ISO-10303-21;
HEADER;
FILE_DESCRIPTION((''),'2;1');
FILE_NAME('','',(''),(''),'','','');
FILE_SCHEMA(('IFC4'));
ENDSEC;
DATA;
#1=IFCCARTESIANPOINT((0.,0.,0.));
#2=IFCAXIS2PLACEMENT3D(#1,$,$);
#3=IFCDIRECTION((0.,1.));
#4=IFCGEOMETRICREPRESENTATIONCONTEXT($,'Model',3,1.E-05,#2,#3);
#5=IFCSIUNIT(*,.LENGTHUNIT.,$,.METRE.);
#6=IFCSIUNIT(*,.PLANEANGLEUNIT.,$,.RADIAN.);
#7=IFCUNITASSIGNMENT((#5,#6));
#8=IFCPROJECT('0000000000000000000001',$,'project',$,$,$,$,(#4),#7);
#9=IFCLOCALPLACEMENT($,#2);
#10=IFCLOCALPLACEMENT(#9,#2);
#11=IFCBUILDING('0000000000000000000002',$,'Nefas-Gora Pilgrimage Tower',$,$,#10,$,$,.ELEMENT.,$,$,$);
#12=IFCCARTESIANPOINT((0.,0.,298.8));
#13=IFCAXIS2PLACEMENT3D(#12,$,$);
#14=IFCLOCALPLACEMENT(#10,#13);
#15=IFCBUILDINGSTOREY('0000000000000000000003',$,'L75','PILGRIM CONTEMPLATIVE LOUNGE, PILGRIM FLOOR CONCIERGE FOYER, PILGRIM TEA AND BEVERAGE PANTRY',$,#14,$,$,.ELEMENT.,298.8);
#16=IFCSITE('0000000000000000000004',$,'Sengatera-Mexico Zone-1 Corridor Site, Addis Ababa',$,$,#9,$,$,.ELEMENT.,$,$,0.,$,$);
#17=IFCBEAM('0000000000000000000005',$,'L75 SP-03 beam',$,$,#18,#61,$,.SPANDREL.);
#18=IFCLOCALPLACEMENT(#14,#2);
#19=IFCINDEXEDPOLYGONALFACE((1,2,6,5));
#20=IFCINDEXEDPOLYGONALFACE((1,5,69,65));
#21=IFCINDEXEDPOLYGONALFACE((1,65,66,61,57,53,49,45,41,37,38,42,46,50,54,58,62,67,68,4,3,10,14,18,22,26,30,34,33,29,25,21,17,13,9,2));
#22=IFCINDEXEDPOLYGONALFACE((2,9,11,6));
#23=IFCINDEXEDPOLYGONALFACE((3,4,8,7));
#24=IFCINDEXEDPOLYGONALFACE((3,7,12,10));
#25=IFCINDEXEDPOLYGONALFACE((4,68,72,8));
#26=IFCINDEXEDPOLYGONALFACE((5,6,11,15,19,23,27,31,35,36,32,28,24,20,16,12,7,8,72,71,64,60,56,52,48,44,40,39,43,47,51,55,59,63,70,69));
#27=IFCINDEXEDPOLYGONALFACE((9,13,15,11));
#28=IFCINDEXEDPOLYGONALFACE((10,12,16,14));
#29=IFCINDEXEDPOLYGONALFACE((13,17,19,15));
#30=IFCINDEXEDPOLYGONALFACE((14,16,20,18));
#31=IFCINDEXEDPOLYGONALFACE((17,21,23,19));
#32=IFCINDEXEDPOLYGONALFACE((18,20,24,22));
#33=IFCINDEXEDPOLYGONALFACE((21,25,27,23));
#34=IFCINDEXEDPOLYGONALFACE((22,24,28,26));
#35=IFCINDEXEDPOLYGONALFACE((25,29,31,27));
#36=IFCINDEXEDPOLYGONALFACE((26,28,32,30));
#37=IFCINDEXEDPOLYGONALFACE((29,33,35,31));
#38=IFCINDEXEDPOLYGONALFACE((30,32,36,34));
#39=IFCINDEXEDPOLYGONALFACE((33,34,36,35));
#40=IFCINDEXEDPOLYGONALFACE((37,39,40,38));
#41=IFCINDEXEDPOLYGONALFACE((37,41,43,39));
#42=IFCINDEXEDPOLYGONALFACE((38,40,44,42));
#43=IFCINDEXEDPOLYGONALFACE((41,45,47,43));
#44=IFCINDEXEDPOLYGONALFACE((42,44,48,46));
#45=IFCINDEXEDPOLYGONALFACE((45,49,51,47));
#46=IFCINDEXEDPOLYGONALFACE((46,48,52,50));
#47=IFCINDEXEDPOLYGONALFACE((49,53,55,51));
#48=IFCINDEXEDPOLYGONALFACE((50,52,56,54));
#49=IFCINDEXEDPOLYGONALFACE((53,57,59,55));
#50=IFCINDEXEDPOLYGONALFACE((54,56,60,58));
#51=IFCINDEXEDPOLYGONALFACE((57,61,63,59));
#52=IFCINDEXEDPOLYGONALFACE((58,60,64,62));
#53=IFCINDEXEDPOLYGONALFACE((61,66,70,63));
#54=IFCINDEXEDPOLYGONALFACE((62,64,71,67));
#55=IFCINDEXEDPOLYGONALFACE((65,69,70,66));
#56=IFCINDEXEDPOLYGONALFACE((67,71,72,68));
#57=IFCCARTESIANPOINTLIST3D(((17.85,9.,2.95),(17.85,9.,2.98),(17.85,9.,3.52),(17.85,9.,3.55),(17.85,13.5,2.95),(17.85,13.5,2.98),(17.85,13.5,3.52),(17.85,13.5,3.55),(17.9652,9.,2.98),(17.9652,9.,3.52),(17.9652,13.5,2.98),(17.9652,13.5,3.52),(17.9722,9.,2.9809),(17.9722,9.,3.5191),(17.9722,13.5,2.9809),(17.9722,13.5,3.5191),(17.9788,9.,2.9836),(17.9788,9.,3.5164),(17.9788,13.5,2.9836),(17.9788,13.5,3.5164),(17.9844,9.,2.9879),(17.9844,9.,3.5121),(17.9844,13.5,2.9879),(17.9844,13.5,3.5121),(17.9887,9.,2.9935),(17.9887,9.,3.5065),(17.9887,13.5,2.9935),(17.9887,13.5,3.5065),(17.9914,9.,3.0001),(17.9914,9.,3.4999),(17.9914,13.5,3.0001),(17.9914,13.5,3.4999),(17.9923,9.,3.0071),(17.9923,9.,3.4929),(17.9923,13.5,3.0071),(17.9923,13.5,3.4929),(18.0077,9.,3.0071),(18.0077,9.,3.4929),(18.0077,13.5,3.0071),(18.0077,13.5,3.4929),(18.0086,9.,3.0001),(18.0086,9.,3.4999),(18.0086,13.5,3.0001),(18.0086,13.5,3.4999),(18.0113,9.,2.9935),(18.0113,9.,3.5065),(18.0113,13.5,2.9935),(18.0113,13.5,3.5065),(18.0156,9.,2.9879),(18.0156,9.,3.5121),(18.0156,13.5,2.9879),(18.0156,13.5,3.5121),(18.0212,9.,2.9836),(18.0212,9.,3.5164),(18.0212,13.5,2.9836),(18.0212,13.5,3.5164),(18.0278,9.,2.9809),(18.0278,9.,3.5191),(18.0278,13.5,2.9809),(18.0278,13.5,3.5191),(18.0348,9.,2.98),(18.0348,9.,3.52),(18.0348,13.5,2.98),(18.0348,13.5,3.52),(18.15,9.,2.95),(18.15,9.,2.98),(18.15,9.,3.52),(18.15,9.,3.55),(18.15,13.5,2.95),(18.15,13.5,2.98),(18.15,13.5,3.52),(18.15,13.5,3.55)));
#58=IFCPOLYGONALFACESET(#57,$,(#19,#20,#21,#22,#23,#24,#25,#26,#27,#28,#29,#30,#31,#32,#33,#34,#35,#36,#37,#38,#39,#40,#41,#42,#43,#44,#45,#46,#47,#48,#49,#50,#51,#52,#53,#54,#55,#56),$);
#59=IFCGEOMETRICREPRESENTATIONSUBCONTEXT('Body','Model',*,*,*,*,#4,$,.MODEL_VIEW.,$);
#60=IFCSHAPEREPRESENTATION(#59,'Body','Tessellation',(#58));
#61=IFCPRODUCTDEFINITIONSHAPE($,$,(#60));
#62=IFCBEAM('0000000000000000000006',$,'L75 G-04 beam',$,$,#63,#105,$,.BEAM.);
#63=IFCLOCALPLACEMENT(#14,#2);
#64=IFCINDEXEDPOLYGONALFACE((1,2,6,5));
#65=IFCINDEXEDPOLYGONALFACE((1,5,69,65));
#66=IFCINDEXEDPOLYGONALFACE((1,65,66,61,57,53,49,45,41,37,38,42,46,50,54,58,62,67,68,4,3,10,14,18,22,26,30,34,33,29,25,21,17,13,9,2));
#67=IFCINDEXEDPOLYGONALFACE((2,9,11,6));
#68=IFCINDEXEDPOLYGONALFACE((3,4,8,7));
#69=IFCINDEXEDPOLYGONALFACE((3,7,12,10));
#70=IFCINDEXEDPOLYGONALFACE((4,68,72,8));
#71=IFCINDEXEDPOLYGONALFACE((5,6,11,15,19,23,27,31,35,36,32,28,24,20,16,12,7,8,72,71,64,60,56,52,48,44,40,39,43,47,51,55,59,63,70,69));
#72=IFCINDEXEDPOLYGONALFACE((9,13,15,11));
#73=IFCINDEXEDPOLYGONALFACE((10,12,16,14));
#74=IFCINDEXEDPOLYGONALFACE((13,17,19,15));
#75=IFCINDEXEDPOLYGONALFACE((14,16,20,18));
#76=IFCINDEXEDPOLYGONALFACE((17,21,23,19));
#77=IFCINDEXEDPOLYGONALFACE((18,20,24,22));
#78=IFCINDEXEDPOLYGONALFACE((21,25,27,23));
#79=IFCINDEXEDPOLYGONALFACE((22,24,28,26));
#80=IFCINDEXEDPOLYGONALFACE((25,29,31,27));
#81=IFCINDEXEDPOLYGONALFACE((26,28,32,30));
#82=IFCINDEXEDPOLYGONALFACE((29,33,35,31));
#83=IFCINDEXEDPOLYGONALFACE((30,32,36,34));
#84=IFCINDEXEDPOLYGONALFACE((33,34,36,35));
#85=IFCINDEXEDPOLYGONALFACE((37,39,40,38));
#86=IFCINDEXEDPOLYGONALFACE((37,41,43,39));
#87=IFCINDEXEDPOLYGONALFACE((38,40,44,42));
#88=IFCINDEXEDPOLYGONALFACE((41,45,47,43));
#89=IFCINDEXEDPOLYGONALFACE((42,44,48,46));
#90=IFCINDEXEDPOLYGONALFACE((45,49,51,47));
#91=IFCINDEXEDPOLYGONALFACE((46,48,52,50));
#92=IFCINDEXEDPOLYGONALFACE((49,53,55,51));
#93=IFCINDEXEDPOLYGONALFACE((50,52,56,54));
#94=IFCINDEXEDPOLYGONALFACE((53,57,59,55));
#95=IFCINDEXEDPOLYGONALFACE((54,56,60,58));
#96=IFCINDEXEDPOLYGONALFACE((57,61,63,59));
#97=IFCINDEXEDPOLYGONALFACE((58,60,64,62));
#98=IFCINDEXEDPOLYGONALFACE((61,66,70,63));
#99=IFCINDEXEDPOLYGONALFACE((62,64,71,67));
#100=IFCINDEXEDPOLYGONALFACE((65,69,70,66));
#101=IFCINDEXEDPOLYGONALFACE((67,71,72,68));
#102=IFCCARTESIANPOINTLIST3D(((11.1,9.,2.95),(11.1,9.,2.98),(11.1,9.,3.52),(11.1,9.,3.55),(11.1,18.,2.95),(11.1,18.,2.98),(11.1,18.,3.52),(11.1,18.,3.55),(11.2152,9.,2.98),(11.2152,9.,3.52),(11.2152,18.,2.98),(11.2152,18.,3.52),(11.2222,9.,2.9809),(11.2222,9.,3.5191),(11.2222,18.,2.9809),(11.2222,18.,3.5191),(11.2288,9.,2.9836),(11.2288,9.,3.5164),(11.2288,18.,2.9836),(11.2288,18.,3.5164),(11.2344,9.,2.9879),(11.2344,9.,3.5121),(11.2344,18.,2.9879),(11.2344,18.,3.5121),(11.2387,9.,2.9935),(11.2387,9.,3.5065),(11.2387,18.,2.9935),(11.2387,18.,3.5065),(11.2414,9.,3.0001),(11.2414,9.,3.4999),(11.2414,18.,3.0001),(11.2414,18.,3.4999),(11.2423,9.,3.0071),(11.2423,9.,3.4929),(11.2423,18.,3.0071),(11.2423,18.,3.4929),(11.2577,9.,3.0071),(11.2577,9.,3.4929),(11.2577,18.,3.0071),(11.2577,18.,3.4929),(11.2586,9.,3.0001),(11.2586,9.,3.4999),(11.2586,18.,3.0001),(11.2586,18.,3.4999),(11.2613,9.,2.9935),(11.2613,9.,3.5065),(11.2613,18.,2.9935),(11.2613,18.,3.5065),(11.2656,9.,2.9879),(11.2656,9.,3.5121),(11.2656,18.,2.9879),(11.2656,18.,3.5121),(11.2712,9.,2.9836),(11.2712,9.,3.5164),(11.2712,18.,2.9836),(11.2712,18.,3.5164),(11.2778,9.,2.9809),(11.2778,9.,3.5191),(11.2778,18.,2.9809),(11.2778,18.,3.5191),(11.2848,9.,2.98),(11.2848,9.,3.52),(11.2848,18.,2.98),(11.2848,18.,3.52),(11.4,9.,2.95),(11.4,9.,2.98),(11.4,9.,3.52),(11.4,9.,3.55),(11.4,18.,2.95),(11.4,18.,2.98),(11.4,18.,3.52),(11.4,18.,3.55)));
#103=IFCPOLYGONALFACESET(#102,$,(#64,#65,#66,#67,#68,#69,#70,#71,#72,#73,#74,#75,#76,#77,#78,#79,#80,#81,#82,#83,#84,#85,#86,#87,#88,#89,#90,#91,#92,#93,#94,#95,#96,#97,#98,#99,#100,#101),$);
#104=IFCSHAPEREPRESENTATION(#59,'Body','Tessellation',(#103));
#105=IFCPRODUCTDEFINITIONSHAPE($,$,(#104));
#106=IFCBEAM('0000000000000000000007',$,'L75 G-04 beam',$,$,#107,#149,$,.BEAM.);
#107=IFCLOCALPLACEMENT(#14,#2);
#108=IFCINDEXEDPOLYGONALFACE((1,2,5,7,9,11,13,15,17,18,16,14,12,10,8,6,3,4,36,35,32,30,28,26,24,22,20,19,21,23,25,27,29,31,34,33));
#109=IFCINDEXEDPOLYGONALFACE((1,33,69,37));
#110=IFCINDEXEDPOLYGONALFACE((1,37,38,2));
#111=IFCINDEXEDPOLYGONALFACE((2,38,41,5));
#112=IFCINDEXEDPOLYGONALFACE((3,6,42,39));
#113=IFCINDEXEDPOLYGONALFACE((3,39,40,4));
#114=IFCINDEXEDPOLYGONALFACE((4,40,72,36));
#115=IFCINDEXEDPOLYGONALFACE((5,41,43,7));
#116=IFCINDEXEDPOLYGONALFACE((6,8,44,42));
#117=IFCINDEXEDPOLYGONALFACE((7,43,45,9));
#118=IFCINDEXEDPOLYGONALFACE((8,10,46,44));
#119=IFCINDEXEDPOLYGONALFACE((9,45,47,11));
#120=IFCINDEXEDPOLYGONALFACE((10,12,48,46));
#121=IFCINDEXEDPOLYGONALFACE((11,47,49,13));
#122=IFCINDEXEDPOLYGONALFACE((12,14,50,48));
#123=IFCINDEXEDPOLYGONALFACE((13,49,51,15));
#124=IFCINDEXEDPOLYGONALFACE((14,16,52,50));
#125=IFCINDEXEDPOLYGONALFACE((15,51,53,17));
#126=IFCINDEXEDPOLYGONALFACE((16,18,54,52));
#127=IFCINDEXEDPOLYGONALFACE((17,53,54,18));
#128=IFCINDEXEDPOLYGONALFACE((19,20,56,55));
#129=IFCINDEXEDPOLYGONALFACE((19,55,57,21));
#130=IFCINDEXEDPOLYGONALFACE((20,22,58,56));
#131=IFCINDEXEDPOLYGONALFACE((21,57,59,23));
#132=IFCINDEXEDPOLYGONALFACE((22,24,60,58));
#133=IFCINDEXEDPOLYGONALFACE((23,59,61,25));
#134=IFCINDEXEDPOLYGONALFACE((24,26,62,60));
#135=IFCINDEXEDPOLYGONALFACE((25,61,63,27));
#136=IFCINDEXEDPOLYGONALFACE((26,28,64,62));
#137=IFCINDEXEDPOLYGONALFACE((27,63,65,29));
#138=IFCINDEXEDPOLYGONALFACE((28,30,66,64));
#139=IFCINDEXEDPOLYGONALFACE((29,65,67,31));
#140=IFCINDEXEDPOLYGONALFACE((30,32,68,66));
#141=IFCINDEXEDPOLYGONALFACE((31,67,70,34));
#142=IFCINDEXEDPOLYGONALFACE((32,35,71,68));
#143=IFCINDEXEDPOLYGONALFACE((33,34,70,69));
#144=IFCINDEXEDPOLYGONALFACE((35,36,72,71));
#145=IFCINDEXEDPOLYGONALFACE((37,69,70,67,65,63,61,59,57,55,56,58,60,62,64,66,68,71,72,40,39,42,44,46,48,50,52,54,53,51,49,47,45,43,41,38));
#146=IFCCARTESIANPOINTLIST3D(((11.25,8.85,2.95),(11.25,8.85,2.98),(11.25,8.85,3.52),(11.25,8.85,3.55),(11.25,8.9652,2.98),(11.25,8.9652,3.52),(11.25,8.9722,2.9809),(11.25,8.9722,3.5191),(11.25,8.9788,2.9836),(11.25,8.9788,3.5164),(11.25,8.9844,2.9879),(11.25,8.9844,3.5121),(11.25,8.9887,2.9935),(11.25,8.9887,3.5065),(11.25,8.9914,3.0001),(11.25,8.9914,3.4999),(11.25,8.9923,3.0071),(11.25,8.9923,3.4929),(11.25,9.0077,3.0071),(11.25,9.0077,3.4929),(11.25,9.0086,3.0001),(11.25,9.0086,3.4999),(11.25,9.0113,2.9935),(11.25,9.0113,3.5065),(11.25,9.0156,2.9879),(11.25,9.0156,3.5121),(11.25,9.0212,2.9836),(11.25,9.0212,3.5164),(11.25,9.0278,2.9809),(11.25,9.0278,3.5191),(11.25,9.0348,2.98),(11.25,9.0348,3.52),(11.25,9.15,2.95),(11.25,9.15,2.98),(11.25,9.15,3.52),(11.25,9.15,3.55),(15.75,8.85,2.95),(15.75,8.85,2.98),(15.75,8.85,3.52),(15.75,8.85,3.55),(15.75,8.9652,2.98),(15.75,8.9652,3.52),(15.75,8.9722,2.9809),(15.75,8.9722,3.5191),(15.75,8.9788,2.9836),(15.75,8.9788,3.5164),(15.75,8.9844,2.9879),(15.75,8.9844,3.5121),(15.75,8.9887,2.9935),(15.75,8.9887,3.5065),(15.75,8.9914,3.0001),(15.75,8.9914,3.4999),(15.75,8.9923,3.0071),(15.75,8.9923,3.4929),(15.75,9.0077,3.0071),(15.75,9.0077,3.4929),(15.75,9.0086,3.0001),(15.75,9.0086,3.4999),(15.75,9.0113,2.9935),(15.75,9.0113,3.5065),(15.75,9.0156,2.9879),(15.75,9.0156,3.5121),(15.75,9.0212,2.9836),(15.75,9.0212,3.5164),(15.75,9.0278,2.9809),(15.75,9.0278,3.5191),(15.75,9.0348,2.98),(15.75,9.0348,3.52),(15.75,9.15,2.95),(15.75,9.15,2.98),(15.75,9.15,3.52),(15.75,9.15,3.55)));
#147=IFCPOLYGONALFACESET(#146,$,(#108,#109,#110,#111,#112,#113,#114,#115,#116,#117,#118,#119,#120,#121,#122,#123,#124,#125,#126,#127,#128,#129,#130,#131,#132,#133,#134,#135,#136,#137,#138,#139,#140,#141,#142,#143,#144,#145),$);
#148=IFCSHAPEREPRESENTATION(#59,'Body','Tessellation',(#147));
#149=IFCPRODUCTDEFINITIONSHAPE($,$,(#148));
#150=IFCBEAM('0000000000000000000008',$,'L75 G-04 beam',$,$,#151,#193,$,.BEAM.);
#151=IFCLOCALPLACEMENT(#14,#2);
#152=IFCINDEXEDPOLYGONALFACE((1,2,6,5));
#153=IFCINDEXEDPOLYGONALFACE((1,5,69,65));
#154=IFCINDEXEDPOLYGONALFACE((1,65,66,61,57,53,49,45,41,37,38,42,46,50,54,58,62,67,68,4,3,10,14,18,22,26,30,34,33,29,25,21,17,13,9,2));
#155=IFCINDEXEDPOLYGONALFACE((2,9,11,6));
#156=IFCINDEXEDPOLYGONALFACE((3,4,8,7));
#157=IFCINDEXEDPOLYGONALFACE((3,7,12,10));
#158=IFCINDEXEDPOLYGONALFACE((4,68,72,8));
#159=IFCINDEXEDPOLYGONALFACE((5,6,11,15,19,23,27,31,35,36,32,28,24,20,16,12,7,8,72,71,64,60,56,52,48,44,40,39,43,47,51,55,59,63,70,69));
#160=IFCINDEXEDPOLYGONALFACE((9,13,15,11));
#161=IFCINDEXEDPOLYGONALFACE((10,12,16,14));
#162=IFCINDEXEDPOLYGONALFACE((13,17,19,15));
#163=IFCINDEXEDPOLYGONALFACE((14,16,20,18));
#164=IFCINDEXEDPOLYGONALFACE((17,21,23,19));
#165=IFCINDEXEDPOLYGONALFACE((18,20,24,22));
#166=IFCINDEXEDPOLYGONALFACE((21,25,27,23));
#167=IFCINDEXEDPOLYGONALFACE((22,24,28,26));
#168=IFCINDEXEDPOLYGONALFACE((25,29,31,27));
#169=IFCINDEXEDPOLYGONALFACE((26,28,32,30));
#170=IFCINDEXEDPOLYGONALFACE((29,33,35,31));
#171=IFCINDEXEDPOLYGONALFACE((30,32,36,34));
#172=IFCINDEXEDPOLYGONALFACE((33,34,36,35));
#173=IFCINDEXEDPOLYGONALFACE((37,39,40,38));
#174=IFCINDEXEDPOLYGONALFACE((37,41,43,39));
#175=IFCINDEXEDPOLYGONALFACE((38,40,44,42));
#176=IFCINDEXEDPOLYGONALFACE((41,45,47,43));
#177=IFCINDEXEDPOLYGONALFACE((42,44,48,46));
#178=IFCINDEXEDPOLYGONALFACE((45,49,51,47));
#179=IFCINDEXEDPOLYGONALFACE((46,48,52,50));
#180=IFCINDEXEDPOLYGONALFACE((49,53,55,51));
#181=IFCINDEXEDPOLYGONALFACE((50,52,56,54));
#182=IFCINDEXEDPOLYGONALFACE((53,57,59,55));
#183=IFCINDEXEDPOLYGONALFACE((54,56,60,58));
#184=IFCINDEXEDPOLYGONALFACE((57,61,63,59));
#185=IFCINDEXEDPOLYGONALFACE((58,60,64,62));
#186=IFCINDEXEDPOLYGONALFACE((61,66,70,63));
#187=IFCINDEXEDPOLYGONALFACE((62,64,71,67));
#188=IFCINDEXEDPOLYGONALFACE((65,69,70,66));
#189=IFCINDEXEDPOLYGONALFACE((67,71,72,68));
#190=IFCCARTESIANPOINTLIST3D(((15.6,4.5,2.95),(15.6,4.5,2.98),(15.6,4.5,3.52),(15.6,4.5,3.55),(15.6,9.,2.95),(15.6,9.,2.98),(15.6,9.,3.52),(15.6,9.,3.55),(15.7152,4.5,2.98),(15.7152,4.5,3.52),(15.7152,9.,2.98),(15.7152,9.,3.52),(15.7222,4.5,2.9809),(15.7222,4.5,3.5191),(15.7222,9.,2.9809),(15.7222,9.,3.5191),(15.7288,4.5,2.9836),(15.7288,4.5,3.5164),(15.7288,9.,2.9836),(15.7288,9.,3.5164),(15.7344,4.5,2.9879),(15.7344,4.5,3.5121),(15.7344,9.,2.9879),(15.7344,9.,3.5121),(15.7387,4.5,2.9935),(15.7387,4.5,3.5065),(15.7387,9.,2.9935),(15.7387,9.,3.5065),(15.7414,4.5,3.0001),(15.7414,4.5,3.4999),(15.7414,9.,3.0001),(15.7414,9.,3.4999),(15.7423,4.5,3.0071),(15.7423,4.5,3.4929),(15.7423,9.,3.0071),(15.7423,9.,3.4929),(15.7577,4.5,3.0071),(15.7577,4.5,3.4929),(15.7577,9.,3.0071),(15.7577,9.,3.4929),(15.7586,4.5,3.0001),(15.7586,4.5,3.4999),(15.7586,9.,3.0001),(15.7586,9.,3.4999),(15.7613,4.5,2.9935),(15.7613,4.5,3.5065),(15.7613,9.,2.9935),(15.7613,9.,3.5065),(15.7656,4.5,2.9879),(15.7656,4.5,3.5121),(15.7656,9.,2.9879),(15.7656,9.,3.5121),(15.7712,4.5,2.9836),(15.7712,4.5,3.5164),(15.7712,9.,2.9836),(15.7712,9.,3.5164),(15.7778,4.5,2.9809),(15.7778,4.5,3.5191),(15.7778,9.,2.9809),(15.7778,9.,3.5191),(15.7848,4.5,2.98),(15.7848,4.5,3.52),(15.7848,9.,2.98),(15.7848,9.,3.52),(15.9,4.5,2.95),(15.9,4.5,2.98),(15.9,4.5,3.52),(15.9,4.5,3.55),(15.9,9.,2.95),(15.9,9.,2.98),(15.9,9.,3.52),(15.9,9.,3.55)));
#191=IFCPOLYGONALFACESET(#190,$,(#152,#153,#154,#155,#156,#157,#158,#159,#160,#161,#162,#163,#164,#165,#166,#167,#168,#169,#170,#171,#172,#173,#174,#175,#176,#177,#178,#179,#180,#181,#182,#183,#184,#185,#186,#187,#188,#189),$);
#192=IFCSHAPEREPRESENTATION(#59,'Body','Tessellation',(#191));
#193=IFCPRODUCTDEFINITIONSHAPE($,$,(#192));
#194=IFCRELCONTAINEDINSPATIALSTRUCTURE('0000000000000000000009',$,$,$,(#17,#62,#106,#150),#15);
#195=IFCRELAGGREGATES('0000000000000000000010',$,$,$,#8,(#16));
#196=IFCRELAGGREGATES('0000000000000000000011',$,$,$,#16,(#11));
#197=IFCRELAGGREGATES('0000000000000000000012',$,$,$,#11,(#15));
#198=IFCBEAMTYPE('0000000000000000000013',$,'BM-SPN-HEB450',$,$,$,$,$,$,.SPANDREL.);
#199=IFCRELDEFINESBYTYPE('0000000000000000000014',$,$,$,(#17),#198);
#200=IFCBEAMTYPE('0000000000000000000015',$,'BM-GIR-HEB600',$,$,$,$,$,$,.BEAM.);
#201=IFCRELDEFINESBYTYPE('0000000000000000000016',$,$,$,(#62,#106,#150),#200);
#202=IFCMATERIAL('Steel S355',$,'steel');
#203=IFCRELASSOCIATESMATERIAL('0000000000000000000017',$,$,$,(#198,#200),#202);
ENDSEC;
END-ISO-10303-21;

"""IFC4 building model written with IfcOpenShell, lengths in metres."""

from ifc_helpers import new_model, si_unit, direction, frame, origin, origin_2d, place, context, subcontext, project, spatial, i_section, extrude, source, transform, mapped, material, material_profile, profile_set, type_object, element, save


model = new_model("IFC4")

# Units and contexts
model_context = context("Model", 3, precision=1e-05, world=origin(), true_north=direction((0.0, 1.0)))
body_context = subcontext(model_context, "Body", "Model", "MODEL_VIEW")
ifc_project = project(units=[si_unit("LENGTHUNIT", "METRE"), si_unit("PLANEANGLEUNIT", "RADIAN")], contexts=[model_context])

# Site, building, storey
site_placement = place(None, origin())
site = spatial("IfcSite", under=ifc_project, at=site_placement, Name="Sengatera-Mexico Zone-1 Corridor Site, Addis Ababa", CompositionType="ELEMENT", RefElevation=0.0)
building_placement = place(site_placement, origin())
building = spatial("IfcBuilding", under=site, at=building_placement, Name="Nefas-Gora Pilgrimage Tower", CompositionType="ELEMENT")
storey_placement = place(building_placement, frame((0.0, 0.0, 298.8)))
storey = spatial("IfcBuildingStorey", under=building, at=storey_placement, Name="L75", Description="PILGRIM CONTEMPLATIVE LOUNGE, PILGRIM FLOOR CONCIERGE FOYER, PILGRIM TEA AND BEVERAGE PANTRY", CompositionType="ELEMENT", Elevation=298.8)

# Shared definitions
ifc_material_1 = material(Name="Steel S355", Category="steel")

# Beams
ifc_material_profile_1 = material_profile(ifc_material_1, i_section(OverallWidth=0.3, OverallDepth=0.6001, WebThickness=0.0154, FlangeThickness=0.03, FilletRadius=0.0271, at=origin_2d()), Name="HEB 600")
ifc_profile_set_1 = profile_set([ifc_material_profile_1], Name="Steel S355")
beam_type_1 = type_object("IfcBeamType", Name="BM-SPN-HEB450", PredefinedType="SPANDREL", material=ifc_profile_set_1)
shared_shape_1 = source(origin(), body_context, "Body", "SweptSolid", [
    extrude(i_section(OverallWidth=0.3, OverallDepth=0.6001, WebThickness=0.0154, FlangeThickness=0.03, FilletRadius=0.0271, at=origin_2d()), origin(), (0.0, 0.0, 1.0), 4.5),
])
for number, where, z_axis, x_axis, name in (
    (1, (18.0, 9.0, 3.25), (0.0, 1.0, 0.0), (-1.0, 0.0, 0.0), "L75 SP-03 beam"),
):
    element("IfcBeam", number, at=place(storey_placement, frame(where, z_axis=z_axis, x_axis=x_axis)), inside=storey, type_object=beam_type_1, Name=name, PredefinedType="SPANDREL", context=body_context, shape_type="MappedRepresentation", body=[
        mapped(shared_shape_1, transform((0.0, 0.0, 0.0), x_axis=(1.0, 0.0, 0.0), y_axis=(0.0, 1.0, 0.0), z_axis=(0.0, 0.0, 1.0), scale=1.0)),
    ])
ifc_material_profile_2 = material_profile(ifc_material_1, i_section(OverallWidth=0.3, OverallDepth=0.6001, WebThickness=0.0154, FlangeThickness=0.03, FilletRadius=0.0271, at=origin_2d()), Name="HEB 600")
ifc_profile_set_2 = profile_set([ifc_material_profile_2], Name="Steel S355")
beam_type_2 = type_object("IfcBeamType", Name="BM-GIR-HEB600", PredefinedType="BEAM", material=ifc_profile_set_2)
shared_shape_2 = source(origin(), body_context, "Body", "SweptSolid", [
    extrude(i_section(OverallWidth=0.3, OverallDepth=0.6001, WebThickness=0.0154, FlangeThickness=0.03, FilletRadius=0.0271, at=origin_2d()), origin(), (0.0, 0.0, 1.0), 9.0),
])
beam_placement = place(storey_placement, frame((11.25, 9.0, 3.25), z_axis=(0.0, 1.0, 0.0), x_axis=(-1.0, 0.0, 0.0)))
element("IfcBeam", 2, at=beam_placement, inside=storey, type_object=beam_type_2, Name="L75 G-04 beam", PredefinedType="BEAM", context=body_context, shape_type="MappedRepresentation", body=[
    mapped(shared_shape_2, transform((0.0, 0.0, 0.0), x_axis=(1.0, 0.0, 0.0), y_axis=(0.0, 1.0, 0.0), z_axis=(0.0, 0.0, 1.0), scale=1.0)),
])
shared_shape_3 = source(origin(), body_context, "Body", "SweptSolid", [
    extrude(i_section(OverallWidth=0.3, OverallDepth=0.6001, WebThickness=0.0154, FlangeThickness=0.03, FilletRadius=0.0271, at=origin_2d()), origin(), (0.0, 0.0, 1.0), 4.5),
])
for number, where, z_axis, x_axis, name in (
    (3, (11.25, 9.0, 3.25), (1.0, 0.0, 0.0), (0.0, 1.0, 0.0), "L75 G-04 beam"),
    (4, (15.75, 4.5, 3.25), (0.0, 1.0, 0.0), (-1.0, 0.0, 0.0), "L75 G-04 beam"),
):
    element("IfcBeam", number, at=place(storey_placement, frame(where, z_axis=z_axis, x_axis=x_axis)), inside=storey, type_object=beam_type_2, Name=name, PredefinedType="BEAM", context=body_context, shape_type="MappedRepresentation", body=[
        mapped(shared_shape_3, transform((0.0, 0.0, 0.0), x_axis=(1.0, 0.0, 0.0), y_axis=(0.0, 1.0, 0.0), z_axis=(0.0, 0.0, 1.0), scale=1.0)),
    ])

save(model, "model.ifc")
